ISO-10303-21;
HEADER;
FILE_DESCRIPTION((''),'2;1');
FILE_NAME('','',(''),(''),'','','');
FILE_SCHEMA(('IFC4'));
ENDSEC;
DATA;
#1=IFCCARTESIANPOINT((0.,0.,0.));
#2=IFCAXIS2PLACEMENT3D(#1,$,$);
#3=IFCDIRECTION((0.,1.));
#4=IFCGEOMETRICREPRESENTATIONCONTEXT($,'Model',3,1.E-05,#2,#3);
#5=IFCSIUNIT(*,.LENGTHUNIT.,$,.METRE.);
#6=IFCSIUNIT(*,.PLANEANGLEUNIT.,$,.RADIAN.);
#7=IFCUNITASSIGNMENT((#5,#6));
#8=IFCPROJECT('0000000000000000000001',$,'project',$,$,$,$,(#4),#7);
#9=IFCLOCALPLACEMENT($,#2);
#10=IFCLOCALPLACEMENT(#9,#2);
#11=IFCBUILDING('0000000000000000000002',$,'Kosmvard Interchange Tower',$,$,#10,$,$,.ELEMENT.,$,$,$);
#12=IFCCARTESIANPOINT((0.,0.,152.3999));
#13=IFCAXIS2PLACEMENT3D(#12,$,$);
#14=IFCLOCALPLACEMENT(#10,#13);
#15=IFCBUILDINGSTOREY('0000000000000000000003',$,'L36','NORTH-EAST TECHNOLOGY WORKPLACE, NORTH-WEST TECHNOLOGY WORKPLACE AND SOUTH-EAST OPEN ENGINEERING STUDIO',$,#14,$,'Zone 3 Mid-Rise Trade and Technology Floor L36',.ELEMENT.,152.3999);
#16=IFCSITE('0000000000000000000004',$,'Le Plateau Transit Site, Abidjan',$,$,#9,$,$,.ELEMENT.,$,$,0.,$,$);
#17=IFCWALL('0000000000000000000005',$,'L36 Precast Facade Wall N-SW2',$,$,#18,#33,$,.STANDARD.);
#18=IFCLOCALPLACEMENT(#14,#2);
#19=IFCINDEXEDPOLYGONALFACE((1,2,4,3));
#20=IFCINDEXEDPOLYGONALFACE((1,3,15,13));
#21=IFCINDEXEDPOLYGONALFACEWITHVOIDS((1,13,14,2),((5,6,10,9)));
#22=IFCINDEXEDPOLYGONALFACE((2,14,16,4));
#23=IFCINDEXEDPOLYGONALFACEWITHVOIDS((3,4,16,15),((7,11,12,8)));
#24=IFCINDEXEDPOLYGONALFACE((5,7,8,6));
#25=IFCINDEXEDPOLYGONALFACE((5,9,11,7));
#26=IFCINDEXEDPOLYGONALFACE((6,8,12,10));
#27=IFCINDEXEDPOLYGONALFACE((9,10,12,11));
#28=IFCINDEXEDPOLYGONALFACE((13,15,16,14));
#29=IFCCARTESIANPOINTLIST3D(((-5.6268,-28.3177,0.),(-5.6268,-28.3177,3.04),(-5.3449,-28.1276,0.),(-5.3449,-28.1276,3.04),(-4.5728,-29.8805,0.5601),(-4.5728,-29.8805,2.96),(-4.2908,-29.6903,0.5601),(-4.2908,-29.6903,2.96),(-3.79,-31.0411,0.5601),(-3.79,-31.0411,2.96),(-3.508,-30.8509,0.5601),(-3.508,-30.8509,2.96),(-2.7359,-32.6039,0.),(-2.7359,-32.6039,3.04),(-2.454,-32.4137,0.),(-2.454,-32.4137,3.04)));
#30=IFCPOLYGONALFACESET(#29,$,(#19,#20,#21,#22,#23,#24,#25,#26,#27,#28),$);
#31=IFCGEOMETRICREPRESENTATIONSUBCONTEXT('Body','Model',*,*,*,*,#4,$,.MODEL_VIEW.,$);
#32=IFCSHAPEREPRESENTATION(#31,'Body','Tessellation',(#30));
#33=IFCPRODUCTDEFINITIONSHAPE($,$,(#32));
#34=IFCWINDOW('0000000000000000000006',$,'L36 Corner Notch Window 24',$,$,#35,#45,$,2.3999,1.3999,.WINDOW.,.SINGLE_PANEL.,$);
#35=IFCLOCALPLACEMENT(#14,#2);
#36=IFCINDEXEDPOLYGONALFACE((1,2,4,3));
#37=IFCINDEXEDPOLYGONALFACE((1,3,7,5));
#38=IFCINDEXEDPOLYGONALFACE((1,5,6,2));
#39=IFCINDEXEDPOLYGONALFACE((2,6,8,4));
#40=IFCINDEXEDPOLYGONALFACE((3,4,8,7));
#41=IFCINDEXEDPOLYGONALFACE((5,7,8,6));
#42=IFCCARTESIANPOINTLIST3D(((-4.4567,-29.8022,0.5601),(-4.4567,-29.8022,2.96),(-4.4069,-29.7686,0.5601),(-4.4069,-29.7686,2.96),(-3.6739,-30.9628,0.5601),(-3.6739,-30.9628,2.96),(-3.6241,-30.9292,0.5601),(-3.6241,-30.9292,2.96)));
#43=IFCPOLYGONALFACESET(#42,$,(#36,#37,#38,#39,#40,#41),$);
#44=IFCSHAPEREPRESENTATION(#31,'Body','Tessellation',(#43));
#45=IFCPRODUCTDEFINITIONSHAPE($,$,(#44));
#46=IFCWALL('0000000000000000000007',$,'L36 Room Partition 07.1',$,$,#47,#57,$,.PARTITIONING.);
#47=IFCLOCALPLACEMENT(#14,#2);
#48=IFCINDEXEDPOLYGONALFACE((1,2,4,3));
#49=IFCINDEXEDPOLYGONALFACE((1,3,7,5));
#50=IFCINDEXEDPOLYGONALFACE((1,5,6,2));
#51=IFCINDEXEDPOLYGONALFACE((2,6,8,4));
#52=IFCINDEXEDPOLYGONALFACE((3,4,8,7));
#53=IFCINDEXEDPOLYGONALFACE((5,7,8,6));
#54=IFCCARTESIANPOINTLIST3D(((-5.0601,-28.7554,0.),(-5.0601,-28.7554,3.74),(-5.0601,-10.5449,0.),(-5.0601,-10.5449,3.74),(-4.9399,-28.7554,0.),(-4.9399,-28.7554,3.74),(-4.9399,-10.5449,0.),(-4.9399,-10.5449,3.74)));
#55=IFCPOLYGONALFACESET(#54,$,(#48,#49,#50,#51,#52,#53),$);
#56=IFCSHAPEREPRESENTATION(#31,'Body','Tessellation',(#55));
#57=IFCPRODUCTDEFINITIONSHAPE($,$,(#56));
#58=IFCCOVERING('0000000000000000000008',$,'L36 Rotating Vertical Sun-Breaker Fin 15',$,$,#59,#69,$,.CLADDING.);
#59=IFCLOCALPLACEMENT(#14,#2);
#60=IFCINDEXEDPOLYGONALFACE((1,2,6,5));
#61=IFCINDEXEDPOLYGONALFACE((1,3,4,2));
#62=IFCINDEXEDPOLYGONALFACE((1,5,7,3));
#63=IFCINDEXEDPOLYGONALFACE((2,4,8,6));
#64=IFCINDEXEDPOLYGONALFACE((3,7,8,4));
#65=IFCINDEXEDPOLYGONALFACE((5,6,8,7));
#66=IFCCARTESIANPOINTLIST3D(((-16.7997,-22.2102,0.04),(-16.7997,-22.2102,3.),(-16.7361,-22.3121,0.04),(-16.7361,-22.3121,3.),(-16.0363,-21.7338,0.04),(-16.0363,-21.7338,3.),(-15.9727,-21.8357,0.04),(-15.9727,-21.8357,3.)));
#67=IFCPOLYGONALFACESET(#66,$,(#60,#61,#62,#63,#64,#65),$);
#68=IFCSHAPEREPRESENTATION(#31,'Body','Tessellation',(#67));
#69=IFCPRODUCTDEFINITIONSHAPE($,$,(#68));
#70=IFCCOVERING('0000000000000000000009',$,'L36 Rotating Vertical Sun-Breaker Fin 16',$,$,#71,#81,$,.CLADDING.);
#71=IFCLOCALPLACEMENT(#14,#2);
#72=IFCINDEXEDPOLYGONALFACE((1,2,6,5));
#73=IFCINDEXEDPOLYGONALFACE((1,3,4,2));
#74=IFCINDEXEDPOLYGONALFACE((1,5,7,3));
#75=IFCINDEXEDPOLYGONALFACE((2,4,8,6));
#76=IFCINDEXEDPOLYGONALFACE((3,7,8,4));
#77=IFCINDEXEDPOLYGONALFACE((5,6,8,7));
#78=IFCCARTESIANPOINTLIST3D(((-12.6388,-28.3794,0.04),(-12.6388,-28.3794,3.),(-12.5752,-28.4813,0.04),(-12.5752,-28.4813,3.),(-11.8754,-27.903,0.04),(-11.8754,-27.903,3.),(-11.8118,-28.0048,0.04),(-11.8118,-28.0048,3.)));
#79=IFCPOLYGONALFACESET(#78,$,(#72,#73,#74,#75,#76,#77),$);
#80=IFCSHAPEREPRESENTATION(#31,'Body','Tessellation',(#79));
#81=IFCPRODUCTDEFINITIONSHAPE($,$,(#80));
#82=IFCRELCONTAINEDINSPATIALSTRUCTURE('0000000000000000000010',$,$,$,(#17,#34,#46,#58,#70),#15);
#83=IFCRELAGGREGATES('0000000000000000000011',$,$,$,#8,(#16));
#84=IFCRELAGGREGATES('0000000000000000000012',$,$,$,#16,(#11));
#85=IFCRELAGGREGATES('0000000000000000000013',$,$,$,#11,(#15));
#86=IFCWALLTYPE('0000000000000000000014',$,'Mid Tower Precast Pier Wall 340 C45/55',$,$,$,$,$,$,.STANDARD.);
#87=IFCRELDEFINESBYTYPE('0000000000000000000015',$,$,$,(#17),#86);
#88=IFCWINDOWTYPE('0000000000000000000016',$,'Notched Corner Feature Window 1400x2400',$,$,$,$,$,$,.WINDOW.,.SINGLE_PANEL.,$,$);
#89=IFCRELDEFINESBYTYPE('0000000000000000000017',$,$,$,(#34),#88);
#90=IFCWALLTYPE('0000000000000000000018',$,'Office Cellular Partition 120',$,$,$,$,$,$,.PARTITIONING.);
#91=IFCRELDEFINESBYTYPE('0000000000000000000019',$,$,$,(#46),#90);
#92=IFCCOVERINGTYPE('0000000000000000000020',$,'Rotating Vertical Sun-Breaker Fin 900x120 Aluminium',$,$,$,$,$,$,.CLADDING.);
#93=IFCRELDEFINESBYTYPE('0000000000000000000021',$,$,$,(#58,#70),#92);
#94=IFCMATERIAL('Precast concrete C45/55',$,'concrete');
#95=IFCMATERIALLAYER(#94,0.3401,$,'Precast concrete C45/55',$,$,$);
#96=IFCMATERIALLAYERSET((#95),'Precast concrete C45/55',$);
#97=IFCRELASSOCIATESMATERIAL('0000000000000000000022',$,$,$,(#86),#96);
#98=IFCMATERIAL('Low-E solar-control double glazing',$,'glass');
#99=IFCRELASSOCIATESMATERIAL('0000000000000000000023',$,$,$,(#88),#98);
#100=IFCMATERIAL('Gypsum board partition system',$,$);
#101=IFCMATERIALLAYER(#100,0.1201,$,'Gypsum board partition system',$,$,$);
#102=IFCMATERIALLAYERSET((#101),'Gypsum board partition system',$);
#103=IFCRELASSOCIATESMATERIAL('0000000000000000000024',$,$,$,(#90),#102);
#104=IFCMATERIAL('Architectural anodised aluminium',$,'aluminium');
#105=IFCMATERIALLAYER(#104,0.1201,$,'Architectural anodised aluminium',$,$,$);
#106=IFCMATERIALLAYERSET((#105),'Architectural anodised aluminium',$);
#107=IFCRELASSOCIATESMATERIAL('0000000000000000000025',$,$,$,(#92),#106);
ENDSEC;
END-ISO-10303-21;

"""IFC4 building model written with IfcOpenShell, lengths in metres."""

from ifc_helpers import new_model, si_unit, direction, frame, frame_2d, origin, origin_2d, place, context, subcontext, project, spatial, rectangle, extrude, source, transform, mapped, material, layer, layer_set, type_object, element, fill, save


model = new_model("IFC4")

# Units and contexts
model_context = context("Model", 3, precision=1e-05, world=origin(), true_north=direction((0.0, 1.0)))
body_context = subcontext(model_context, "Body", "Model", "MODEL_VIEW")
ifc_project = project(units=[si_unit("LENGTHUNIT", "METRE"), si_unit("PLANEANGLEUNIT", "RADIAN")], contexts=[model_context])

# Site, building, storey
site_placement = place(None, origin())
site = spatial("IfcSite", under=ifc_project, at=site_placement, Name="Le Plateau Transit Site, Abidjan", CompositionType="ELEMENT", RefElevation=0.0)
building_placement = place(site_placement, origin())
building = spatial("IfcBuilding", under=site, at=building_placement, Name="Kosmvard Interchange Tower", CompositionType="ELEMENT")
storey_placement = place(building_placement, frame((0.0, 0.0, 152.3999)))
storey = spatial("IfcBuildingStorey", under=building, at=storey_placement, Name="L36", Description="NORTH-EAST TECHNOLOGY WORKPLACE, NORTH-WEST TECHNOLOGY WORKPLACE AND SOUTH-EAST OPEN ENGINEERING STUDIO", LongName="Zone 3 Mid-Rise Trade and Technology Floor L36", CompositionType="ELEMENT", Elevation=152.3999)

# Shared definitions
ifc_material_1 = material(Name="Precast concrete C45/55", Category="concrete")

# Shared definitions
ifc_layer_1 = layer(ifc_material_1, 0.3401, Name="Precast concrete C45/55")
ifc_layer_set_1 = layer_set([ifc_layer_1], Name="Precast concrete C45/55")
wall_type_1 = type_object("IfcWallType", Name="Mid Tower Precast Pier Wall 340 C45/55", PredefinedType="STANDARD", material=ifc_layer_set_1)
ifc_material_2 = material(Name="Low-E solar-control double glazing", Category="glass")
window_type_1 = type_object("IfcWindowType", Name="Notched Corner Feature Window 1400x2400", PartitioningType="SINGLE_PANEL", PredefinedType="WINDOW", material=ifc_material_2)
shared_shape_1 = source(origin(), body_context, "Body", "SweptSolid", [
    extrude(rectangle(XDim=1.3999, YDim=2.3999, at=frame_2d((0.7, 1.2))), frame((0.0, 0.03, 0.0), z_axis=(0.0, -1.0, 0.0), x_axis=(1.0, 0.0, 0.0)), (0.0, 0.0, 1.0), 0.0601),
])

# Wall, opening, window
wall_1_placement = place(storey_placement, frame((-5.4858, -28.2227, 0.0), z_axis=(0.0, 0.0, 1.0), x_axis=(0.559171, -0.829052, 0.0)))
wall_1 = element("IfcWall", 1, at=wall_1_placement, inside=storey, type_object=wall_type_1, Name="L36 Precast Facade Wall N-SW2", PredefinedType="STANDARD", context=body_context, shape_type="SweptSolid", body=[
    extrude(rectangle(XDim=5.1699, YDim=0.3401, at=frame_2d((2.585, 0.0))), origin(), (0.0, 0.0, 1.0), 3.04),
])
opening_1_placement = place(wall_1_placement, frame((1.885, 0.0, 0.5601)))
opening_1 = element("IfcOpeningElement", 2, at=opening_1_placement, cuts=wall_1, PredefinedType="OPENING", context=body_context, shape_type="SweptSolid", body=[
    extrude(rectangle(XDim=1.3999, YDim=2.3999, at=frame_2d((0.7, 1.2))), frame((0.0, 0.1802, 0.0), z_axis=(0.0, -1.0, 0.0), x_axis=(1.0, 0.0, 0.0)), (0.0, 0.0, 1.0), 0.3601),
])
window_1_placement = place(opening_1_placement, origin())
window_1 = element("IfcWindow", 3, at=window_1_placement, inside=storey, type_object=window_type_1, Name="L36 Corner Notch Window 24", OverallHeight=2.3999, OverallWidth=1.3999, PartitioningType="SINGLE_PANEL", PredefinedType="WINDOW", context=body_context, shape_type="MappedRepresentation", body=[
    mapped(shared_shape_1, transform((0.0, 0.0, 0.0), scale=1.0)),
])
fill(opening_1, window_1)

# Wall
ifc_material_3 = material(Name="Gypsum board partition system")
ifc_layer_2 = layer(ifc_material_3, 0.1201, Name="Gypsum board partition system")
ifc_layer_set_2 = layer_set([ifc_layer_2], Name="Gypsum board partition system")
wall_type_2 = type_object("IfcWallType", Name="Office Cellular Partition 120", PredefinedType="PARTITIONING", material=ifc_layer_set_2)
wall_2_placement = place(storey_placement, frame((-5.0, -28.7554, 0.0), z_axis=(0.0, 0.0, 1.0), x_axis=(0.0, 1.0, 0.0)))
element("IfcWall", 4, at=wall_2_placement, inside=storey, type_object=wall_type_2, Name="L36 Room Partition 07.1", PredefinedType="PARTITIONING", context=body_context, shape_type="SweptSolid", body=[
    extrude(rectangle(XDim=18.2104, YDim=0.1201, at=frame_2d((9.1052, 0.0))), origin(), (0.0, 0.0, 1.0), 3.74),
])

# Coverings
ifc_material_4 = material(Name="Architectural anodised aluminium", Category="aluminium")
ifc_layer_3 = layer(ifc_material_4, 0.1201, Name="Architectural anodised aluminium")
ifc_layer_set_3 = layer_set([ifc_layer_3], Name="Architectural anodised aluminium")
covering_type = type_object("IfcCoveringType", Name="Rotating Vertical Sun-Breaker Fin 900x120 Aluminium", PredefinedType="CLADDING", material=ifc_layer_set_3)
shared_shape_2 = source(origin(), body_context, "Body", "SweptSolid", [
    extrude(rectangle(XDim=0.8999, YDim=0.1201, at=origin_2d()), origin(), (0.0, 0.0, 1.0), 2.96),
])
for number, where, z_axis, x_axis, name in (
    (5, (-16.3862, -22.0229, 0.04), (0.0, 0.0, 1.0), (-0.848325, -0.529475, 0.0), "L36 Rotating Vertical Sun-Breaker Fin 15"),
    (6, (-12.2253, -28.1921, 0.04), (0.0, 0.0, 1.0), (-0.848325, -0.529475, 0.0), "L36 Rotating Vertical Sun-Breaker Fin 16"),
):
    element("IfcCovering", number, at=place(storey_placement, frame(where, z_axis=z_axis, x_axis=x_axis)), inside=storey, type_object=covering_type, Name=name, PredefinedType="CLADDING", context=body_context, shape_type="MappedRepresentation", body=[
        mapped(shared_shape_2, transform((0.0, 0.0, 0.0), scale=1.0)),
    ])

save(model, "model.ifc")
